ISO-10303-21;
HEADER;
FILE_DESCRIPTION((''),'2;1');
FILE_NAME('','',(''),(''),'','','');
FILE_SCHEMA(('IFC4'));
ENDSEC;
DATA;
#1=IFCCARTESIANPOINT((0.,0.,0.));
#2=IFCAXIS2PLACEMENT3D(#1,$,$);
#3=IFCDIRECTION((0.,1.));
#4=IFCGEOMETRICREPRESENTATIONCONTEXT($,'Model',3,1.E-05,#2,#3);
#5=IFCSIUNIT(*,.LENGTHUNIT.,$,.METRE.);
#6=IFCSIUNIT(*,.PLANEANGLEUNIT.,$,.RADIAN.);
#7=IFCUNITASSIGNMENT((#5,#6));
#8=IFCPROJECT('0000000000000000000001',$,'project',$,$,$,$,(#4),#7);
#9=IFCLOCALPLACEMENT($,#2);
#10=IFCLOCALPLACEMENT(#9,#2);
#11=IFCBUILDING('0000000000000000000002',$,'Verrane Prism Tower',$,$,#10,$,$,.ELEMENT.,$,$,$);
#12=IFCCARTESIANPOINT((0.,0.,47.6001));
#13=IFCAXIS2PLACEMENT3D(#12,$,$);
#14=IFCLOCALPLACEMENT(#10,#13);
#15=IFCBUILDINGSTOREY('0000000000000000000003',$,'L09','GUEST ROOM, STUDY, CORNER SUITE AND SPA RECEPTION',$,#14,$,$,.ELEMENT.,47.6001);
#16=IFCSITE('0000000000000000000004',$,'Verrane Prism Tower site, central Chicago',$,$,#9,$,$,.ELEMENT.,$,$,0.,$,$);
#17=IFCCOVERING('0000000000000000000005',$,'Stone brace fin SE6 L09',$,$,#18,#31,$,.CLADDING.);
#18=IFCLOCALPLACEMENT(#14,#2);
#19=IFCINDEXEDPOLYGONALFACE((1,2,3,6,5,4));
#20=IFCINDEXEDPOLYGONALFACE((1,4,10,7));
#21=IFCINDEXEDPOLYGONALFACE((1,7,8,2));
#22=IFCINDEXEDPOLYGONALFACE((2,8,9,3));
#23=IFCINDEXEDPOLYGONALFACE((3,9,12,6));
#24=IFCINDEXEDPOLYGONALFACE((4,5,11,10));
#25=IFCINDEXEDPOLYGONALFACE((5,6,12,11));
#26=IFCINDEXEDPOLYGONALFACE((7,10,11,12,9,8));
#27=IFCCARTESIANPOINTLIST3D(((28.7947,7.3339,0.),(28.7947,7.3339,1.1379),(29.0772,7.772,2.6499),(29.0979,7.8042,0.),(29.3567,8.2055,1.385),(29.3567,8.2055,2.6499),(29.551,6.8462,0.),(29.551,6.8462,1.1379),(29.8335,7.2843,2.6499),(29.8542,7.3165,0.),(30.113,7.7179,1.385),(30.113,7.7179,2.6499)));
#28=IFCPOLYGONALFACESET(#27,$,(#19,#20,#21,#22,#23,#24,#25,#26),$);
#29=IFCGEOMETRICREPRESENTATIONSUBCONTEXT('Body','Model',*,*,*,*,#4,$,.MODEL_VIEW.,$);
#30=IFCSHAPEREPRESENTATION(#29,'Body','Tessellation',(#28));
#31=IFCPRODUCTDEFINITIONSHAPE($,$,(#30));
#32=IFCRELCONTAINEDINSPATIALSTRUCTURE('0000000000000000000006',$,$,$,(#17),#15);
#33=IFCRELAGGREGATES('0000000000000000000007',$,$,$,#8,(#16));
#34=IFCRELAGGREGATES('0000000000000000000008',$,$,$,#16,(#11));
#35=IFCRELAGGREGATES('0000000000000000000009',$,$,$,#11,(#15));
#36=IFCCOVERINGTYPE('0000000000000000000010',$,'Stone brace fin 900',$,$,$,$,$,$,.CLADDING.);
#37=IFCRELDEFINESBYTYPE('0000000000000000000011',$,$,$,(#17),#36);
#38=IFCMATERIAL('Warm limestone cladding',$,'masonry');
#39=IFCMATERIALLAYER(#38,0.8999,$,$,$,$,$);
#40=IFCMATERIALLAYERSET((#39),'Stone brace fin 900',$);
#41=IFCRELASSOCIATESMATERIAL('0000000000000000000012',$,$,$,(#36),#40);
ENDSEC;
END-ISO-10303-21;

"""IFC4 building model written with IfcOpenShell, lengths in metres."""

from ifc_helpers import new_model, si_unit, direction, frame, origin, place, context, subcontext, project, spatial, polyline, outline, extrude, material, layer, layer_set, type_object, element, save


model = new_model("IFC4")

# Units and contexts
model_context = context("Model", 3, precision=1e-05, world=origin(), true_north=direction((0.0, 1.0)))
body_context = subcontext(model_context, "Body", "Model", "MODEL_VIEW")
ifc_project = project(units=[si_unit("LENGTHUNIT", "METRE"), si_unit("PLANEANGLEUNIT", "RADIAN")], contexts=[model_context])

# Site, building, storey
site_placement = place(None, origin())
site = spatial("IfcSite", under=ifc_project, at=site_placement, Name="Verrane Prism Tower site, central Chicago", CompositionType="ELEMENT", RefElevation=0.0)
building_placement = place(site_placement, origin())
building = spatial("IfcBuilding", under=site, at=building_placement, Name="Verrane Prism Tower", CompositionType="ELEMENT")
storey_placement = place(building_placement, frame((0.0, 0.0, 47.6001)))
storey = spatial("IfcBuildingStorey", under=building, at=storey_placement, Name="L09", Description="GUEST ROOM, STUDY, CORNER SUITE AND SPA RECEPTION", CompositionType="ELEMENT", Elevation=47.6001)

# Covering
ifc_material_1 = material(Name="Warm limestone cladding", Category="masonry")
ifc_layer_1 = layer(ifc_material_1, 0.8999)
ifc_layer_set_1 = layer_set([ifc_layer_1], Name="Stone brace fin 900")
covering_type = type_object("IfcCoveringType", Name="Stone brace fin 900", PredefinedType="CLADDING", material=ifc_layer_set_1)
covering_placement = place(storey_placement, frame((29.1729, 7.0901, 0.0), z_axis=(0.0, 0.0, 1.0), x_axis=(0.541923, 0.840428, 0.0)))
element("IfcCovering", 1, at=covering_placement, inside=storey, type_object=covering_type, Name="Stone brace fin SE6 L09", PredefinedType="CLADDING", context=body_context, shape_type="SweptSolid", body=[
    extrude(outline(polyline([(1.0371, 2.6499), (0.5212, 2.6499), (0.0, 1.1379), (0.0, 0.0), (0.5596, 0.0), (1.0371, 1.385), (1.0371, 2.6499)])), frame((0.0, 0.45, 0.0), z_axis=(0.0, -1.0, 0.0), x_axis=(1.0, 0.0, 0.0)), (0.0, 0.0, 1.0), 0.8999),
])

save(model, "model.ifc")
